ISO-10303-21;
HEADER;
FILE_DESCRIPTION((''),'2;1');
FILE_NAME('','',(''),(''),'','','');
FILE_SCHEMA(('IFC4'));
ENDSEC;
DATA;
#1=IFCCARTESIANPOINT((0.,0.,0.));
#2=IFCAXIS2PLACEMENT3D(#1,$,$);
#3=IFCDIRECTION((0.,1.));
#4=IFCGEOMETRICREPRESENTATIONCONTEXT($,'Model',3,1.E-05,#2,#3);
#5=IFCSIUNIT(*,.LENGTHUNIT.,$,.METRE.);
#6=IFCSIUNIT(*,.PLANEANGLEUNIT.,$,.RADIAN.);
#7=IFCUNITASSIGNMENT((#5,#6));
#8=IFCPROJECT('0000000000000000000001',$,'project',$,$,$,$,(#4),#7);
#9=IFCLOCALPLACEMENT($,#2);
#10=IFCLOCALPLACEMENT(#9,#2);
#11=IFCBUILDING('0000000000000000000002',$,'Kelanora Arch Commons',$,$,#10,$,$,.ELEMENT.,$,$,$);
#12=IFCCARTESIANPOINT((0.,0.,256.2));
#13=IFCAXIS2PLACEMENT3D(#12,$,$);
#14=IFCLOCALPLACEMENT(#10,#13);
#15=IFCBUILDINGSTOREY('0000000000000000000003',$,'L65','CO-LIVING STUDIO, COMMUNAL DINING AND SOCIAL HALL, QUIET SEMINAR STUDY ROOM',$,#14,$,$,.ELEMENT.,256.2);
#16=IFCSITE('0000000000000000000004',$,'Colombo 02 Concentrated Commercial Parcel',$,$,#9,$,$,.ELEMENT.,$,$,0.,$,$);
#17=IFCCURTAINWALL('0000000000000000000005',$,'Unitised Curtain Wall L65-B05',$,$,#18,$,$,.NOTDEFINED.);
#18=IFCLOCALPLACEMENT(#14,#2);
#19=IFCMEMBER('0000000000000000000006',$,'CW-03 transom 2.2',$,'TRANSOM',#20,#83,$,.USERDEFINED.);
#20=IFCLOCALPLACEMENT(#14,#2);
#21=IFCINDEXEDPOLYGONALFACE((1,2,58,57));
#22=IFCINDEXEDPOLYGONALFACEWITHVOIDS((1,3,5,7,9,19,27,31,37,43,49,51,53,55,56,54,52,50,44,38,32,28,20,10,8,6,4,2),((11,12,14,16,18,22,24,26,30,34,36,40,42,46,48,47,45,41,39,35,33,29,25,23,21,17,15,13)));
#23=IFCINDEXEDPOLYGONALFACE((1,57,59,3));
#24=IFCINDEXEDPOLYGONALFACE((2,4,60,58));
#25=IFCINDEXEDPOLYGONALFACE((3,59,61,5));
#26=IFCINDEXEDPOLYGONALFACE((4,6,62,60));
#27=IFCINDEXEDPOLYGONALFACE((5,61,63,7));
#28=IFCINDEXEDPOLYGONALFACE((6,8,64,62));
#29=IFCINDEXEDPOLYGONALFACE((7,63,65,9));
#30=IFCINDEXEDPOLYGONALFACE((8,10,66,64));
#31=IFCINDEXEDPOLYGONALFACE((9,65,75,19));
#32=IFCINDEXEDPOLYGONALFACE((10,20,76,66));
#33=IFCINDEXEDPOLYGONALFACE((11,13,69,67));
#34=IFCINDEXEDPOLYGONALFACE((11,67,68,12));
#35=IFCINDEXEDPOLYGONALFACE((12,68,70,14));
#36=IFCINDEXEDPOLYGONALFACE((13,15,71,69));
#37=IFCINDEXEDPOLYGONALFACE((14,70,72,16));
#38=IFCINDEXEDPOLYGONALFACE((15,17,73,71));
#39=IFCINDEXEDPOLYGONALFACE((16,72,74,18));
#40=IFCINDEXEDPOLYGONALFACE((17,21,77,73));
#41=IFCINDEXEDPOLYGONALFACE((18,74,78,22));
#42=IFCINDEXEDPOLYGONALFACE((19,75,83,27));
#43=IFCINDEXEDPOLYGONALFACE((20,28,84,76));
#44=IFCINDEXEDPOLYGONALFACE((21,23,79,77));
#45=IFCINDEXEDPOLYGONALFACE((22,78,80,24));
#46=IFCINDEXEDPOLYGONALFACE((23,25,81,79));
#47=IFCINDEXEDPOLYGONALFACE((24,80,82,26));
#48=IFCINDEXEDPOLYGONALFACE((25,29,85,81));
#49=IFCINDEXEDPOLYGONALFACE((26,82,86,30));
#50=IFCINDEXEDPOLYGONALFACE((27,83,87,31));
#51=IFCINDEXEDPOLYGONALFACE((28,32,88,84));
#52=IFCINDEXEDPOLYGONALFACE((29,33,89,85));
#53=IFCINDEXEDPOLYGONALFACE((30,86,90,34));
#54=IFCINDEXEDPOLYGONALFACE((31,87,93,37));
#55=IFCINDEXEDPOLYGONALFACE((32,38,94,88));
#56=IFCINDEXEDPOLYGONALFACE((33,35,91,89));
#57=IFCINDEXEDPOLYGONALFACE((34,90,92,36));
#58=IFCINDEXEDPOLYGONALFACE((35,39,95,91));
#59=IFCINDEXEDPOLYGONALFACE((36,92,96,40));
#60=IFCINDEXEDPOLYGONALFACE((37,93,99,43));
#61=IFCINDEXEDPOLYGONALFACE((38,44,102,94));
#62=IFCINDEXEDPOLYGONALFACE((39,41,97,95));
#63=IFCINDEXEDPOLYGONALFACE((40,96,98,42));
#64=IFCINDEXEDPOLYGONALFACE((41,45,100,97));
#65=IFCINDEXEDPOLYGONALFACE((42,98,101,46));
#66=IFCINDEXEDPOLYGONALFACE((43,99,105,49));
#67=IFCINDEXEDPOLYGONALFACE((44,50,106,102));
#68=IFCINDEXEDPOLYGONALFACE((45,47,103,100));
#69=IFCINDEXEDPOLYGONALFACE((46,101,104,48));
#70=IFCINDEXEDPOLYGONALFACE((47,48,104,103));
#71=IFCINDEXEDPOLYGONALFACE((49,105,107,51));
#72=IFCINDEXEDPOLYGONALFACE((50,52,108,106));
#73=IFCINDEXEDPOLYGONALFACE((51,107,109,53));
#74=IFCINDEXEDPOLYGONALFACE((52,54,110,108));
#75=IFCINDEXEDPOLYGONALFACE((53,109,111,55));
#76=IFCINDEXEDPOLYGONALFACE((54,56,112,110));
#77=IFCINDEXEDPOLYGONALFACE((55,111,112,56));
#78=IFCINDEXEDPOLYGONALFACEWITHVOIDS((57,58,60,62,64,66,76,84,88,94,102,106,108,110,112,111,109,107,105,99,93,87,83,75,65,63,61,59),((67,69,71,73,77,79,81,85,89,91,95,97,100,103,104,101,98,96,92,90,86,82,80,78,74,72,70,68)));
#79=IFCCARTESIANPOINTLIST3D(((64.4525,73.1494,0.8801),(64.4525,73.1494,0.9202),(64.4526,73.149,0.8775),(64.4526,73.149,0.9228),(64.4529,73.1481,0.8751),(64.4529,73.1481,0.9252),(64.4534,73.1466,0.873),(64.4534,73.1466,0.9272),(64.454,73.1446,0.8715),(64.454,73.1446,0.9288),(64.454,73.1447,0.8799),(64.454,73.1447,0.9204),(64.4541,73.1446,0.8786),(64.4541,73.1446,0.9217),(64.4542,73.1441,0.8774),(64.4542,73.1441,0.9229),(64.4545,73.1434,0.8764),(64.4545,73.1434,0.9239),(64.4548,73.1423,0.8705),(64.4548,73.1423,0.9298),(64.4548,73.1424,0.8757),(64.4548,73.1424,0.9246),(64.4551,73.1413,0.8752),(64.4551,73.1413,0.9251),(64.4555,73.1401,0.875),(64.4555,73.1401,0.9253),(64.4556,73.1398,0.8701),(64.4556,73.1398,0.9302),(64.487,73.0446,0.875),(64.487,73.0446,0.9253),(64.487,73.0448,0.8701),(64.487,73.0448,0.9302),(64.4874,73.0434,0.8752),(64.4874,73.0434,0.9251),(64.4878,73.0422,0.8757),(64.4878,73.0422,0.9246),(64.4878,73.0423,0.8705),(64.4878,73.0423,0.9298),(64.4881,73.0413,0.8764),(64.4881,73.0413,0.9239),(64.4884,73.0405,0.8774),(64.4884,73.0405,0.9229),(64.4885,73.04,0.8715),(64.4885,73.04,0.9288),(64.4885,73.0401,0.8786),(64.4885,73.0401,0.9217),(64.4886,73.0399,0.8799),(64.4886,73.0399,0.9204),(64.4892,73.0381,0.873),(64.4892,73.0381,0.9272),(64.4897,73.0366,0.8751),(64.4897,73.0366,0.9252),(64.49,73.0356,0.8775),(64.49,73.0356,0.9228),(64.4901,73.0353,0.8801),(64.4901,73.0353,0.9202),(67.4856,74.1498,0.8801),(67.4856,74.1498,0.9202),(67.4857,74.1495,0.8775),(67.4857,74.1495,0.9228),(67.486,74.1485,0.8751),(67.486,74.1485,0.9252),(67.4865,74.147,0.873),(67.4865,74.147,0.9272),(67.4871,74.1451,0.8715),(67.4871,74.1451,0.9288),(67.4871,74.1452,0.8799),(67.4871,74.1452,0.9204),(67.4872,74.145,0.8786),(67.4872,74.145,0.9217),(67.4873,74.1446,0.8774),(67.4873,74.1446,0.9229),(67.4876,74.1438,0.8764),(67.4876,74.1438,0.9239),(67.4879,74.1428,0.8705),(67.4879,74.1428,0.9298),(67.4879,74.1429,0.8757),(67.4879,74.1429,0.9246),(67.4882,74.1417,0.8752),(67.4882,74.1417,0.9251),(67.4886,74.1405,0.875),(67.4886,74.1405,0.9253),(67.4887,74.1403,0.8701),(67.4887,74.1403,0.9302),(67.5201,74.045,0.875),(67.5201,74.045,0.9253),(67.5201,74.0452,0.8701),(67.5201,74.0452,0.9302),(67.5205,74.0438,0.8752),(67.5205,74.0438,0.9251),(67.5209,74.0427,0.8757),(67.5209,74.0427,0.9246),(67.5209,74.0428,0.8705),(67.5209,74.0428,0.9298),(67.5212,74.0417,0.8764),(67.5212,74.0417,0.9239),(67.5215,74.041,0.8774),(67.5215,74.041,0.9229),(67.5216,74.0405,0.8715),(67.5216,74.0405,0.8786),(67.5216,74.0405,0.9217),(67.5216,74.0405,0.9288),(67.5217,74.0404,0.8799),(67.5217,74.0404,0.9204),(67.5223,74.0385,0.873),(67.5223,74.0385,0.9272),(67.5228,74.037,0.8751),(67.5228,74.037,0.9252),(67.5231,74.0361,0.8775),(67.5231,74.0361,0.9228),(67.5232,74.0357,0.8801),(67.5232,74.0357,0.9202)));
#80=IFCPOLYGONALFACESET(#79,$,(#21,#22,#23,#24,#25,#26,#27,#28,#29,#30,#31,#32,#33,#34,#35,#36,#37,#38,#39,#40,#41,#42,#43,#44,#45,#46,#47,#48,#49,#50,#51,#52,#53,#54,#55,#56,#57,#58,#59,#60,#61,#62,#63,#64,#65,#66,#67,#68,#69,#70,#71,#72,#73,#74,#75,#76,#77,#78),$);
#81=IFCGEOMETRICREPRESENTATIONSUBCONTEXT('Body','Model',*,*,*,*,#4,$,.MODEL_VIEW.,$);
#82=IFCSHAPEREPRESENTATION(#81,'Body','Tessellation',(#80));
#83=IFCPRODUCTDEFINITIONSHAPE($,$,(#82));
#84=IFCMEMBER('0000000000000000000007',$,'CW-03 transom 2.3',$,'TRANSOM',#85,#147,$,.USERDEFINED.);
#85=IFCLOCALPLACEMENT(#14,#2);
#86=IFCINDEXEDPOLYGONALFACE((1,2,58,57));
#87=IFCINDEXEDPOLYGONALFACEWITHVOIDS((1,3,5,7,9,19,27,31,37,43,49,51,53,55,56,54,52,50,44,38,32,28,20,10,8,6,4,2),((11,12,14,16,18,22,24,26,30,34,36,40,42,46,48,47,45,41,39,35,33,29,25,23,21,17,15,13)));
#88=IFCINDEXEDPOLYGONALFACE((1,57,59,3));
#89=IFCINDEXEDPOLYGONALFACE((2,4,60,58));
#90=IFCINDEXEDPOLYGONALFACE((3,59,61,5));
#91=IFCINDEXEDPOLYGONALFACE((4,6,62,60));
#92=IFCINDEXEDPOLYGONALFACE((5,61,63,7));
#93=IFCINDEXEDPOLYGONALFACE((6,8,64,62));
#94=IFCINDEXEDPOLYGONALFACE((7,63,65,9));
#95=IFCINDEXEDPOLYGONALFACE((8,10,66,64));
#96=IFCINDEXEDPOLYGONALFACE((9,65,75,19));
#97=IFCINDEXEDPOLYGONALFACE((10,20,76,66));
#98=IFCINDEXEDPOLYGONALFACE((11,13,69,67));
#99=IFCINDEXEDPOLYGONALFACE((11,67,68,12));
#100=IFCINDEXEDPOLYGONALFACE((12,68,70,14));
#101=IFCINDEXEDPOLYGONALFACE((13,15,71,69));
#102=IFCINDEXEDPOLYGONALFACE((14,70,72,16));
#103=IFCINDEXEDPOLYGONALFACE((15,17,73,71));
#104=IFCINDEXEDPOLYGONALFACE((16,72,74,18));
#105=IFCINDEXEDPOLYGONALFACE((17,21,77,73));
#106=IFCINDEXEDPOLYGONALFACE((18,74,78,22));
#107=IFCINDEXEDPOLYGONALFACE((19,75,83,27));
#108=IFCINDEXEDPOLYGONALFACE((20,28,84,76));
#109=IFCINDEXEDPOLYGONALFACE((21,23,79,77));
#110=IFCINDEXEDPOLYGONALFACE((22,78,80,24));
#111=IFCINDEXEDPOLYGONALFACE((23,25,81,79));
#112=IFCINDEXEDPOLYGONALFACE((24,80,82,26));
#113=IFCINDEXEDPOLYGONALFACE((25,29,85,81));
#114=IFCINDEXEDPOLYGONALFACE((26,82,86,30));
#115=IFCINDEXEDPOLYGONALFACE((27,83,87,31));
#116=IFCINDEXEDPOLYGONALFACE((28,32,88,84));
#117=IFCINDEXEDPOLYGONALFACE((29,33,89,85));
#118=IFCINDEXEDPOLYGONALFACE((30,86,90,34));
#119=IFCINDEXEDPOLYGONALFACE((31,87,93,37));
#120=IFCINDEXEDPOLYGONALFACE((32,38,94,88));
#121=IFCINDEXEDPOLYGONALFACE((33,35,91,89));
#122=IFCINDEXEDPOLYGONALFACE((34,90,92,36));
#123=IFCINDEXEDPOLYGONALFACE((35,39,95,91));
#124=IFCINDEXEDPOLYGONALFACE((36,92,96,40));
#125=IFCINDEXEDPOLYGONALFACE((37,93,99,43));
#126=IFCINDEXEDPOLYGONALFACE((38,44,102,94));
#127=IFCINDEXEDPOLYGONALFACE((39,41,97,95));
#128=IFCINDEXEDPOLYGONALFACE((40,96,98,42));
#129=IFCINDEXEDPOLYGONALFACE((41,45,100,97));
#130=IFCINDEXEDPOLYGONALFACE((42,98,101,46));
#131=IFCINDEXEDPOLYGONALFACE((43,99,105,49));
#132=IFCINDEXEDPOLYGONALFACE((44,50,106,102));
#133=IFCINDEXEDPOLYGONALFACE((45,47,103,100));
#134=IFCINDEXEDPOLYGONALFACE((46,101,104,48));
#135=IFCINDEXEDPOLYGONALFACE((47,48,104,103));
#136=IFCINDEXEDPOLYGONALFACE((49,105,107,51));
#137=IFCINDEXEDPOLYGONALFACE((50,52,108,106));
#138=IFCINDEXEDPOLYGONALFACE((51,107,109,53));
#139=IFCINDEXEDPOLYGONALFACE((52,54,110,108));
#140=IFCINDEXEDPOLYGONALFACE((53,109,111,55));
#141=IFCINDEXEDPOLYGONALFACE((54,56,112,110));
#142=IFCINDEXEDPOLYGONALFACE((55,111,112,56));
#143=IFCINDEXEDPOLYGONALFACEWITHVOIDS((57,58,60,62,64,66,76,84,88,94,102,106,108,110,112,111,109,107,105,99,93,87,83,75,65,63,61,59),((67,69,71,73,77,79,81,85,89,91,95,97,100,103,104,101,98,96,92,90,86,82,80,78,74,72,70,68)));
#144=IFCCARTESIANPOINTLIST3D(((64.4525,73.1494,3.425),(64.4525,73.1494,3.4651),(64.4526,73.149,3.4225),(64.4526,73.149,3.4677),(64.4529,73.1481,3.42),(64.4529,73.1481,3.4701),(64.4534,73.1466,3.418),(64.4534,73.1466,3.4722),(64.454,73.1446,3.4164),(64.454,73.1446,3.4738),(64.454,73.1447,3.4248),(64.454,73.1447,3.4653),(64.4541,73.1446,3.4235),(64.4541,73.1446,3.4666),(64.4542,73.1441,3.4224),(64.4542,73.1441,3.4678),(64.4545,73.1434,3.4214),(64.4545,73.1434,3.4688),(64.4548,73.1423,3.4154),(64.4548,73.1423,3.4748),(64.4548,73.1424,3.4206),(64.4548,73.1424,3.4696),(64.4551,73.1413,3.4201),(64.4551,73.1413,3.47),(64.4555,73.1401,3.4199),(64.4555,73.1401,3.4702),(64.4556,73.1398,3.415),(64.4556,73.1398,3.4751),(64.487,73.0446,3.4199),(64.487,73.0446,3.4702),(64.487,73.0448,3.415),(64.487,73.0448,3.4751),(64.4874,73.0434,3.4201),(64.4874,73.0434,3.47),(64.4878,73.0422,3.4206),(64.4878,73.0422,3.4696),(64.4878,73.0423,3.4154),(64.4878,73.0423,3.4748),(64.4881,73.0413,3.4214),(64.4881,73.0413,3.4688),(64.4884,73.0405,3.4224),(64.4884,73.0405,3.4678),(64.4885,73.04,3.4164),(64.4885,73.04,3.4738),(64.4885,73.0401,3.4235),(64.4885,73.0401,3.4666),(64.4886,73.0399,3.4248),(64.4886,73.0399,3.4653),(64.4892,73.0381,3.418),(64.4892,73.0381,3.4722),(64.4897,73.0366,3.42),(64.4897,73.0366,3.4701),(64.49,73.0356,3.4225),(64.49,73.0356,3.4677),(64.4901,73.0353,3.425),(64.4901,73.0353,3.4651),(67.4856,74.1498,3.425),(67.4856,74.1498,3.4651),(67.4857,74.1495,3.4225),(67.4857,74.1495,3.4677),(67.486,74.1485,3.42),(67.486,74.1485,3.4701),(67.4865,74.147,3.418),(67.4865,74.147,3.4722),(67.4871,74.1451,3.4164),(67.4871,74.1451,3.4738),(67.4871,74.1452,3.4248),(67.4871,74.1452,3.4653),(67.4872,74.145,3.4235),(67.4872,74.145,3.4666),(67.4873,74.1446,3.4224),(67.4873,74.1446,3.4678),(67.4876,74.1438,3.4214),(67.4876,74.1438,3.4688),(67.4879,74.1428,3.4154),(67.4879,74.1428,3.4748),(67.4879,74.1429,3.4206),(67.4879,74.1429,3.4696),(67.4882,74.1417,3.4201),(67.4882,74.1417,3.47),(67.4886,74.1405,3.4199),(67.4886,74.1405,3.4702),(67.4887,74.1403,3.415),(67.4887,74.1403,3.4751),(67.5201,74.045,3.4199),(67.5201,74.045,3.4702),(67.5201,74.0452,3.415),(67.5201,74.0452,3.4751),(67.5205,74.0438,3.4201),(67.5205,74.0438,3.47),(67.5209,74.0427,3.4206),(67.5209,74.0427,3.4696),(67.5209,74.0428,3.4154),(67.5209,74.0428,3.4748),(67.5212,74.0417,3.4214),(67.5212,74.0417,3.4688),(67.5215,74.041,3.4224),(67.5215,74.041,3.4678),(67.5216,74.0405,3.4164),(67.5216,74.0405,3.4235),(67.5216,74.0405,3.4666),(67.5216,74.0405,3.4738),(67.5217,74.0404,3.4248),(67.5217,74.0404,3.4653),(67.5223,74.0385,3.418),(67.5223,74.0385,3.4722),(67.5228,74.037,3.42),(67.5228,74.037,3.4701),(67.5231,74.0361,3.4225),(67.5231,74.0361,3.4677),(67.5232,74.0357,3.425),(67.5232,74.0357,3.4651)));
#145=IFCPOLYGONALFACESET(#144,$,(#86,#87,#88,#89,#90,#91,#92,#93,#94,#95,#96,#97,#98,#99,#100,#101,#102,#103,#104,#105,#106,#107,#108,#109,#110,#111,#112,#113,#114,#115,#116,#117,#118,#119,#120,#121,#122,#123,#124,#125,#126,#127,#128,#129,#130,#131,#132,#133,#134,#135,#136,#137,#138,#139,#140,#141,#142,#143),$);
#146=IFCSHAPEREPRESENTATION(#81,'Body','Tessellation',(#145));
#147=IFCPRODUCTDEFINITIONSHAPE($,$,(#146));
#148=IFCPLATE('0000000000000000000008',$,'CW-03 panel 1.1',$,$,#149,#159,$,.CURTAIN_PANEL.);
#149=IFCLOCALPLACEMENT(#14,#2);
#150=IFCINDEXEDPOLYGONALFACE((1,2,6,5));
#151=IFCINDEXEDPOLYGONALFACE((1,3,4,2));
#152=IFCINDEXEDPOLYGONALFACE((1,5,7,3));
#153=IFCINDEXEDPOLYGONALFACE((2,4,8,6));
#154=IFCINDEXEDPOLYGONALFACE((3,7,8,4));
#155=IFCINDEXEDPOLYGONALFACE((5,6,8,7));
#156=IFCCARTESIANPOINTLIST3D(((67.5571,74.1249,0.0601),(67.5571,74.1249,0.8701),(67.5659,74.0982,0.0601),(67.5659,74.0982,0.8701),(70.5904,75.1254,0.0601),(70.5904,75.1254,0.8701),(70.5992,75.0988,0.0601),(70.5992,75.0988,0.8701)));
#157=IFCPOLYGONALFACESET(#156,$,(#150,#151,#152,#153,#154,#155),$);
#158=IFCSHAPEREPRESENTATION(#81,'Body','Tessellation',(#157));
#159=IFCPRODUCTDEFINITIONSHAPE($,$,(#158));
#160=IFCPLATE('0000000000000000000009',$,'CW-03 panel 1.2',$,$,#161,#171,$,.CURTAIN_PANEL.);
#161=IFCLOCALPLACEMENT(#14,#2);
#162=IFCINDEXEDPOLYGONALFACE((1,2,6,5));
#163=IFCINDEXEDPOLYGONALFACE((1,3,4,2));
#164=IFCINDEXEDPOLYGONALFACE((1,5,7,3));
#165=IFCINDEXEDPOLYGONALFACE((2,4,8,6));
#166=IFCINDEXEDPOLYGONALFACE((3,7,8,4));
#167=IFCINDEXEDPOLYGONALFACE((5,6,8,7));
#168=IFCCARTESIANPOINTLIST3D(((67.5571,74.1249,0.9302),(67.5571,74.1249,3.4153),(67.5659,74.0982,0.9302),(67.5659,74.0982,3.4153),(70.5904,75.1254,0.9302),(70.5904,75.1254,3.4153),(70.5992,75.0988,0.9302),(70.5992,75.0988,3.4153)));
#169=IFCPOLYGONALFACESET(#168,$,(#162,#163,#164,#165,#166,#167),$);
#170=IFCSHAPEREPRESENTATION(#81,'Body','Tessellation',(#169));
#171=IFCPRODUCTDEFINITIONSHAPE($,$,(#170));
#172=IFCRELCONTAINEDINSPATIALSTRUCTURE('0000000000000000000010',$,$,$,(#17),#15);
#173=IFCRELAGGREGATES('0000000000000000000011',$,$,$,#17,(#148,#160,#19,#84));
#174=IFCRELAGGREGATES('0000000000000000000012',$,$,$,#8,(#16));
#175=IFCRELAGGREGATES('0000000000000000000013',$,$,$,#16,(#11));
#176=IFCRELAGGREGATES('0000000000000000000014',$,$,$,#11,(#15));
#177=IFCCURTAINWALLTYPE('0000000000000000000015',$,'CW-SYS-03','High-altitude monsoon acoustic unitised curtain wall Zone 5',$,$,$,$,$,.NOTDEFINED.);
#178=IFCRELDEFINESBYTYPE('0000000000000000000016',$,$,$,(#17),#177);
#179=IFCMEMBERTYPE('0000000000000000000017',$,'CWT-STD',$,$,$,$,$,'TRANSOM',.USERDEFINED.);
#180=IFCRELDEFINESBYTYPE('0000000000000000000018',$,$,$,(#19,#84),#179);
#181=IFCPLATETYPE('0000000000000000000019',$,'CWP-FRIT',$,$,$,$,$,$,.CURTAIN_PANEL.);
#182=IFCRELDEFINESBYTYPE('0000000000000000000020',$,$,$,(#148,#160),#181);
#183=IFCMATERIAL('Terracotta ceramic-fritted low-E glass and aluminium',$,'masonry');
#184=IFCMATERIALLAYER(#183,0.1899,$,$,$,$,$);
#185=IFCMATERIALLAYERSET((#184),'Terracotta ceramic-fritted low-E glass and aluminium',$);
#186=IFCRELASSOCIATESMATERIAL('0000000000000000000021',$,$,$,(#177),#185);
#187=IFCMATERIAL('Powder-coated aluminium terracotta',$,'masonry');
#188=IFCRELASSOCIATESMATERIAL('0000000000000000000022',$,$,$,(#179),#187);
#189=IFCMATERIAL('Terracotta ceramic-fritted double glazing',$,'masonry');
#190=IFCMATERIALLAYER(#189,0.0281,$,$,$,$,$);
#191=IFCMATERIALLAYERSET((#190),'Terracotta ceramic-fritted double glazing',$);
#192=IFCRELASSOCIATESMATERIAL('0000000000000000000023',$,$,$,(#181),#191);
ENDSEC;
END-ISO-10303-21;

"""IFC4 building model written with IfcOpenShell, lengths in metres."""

from ifc_helpers import new_model, si_unit, direction, frame, origin, origin_2d, place, context, subcontext, project, spatial, rectangle, hollow_rectangle, extrude, source, transform, mapped, material, layer, layer_set, material_profile, profile_set, type_object, element, aggregate, save


model = new_model("IFC4")

# Units and contexts
model_context = context("Model", 3, precision=1e-05, world=origin(), true_north=direction((0.0, 1.0)))
body_context = subcontext(model_context, "Body", "Model", "MODEL_VIEW")
ifc_project = project(units=[si_unit("LENGTHUNIT", "METRE"), si_unit("PLANEANGLEUNIT", "RADIAN")], contexts=[model_context])

# Site, building, storey
site_placement = place(None, origin())
site = spatial("IfcSite", under=ifc_project, at=site_placement, Name="Colombo 02 Concentrated Commercial Parcel", CompositionType="ELEMENT", RefElevation=0.0)
building_placement = place(site_placement, origin())
building = spatial("IfcBuilding", under=site, at=building_placement, Name="Kelanora Arch Commons", CompositionType="ELEMENT")
storey_placement = place(building_placement, frame((0.0, 0.0, 256.2)))
storey = spatial("IfcBuildingStorey", under=building, at=storey_placement, Name="L65", Description="CO-LIVING STUDIO, COMMUNAL DINING AND SOCIAL HALL, QUIET SEMINAR STUDY ROOM", CompositionType="ELEMENT", Elevation=256.2)

# Curtain wall, members, plates
ifc_material_1 = material(Name="Terracotta ceramic-fritted low-E glass and aluminium", Category="masonry")
ifc_layer_1 = layer(ifc_material_1, 0.1899)
ifc_layer_set_1 = layer_set([ifc_layer_1], Name="Terracotta ceramic-fritted low-E glass and aluminium")
curtain_wall_type = type_object("IfcCurtainWallType", Name="CW-SYS-03", Description="High-altitude monsoon acoustic unitised curtain wall Zone 5", PredefinedType="NOTDEFINED", material=ifc_layer_set_1)
curtain_wall_placement = place(storey_placement, origin())
curtain_wall = element("IfcCurtainWall", 1, at=curtain_wall_placement, inside=storey, type_object=curtain_wall_type, Name="Unitised Curtain Wall L65-B05", PredefinedType="NOTDEFINED")
ifc_material_2 = material(Name="Powder-coated aluminium terracotta", Category="masonry")
ifc_material_profile_1 = material_profile(ifc_material_2, hollow_rectangle(XDim=0.1201, YDim=0.0601, WallThickness=0.0049, InnerFilletRadius=0.0049, OuterFilletRadius=0.01, at=origin_2d()), Name="CWT120x60")
ifc_profile_set_1 = profile_set([ifc_material_profile_1], Name="Powder-coated aluminium terracotta")
member_type_1 = type_object("IfcMemberType", Name="CWT-STD", ElementType="TRANSOM", PredefinedType="USERDEFINED", material=ifc_profile_set_1)
member_1_placement = place(storey_placement, frame((67.5044, 74.0928, 0.9001), z_axis=(-0.949672, -0.313245, 0.0), x_axis=(0.313245, -0.949672, 0.0)))
member_1 = element("IfcMember", 2, at=member_1_placement, type_object=member_type_1, Name="CW-03 transom 2.2", ObjectType="TRANSOM", PredefinedType="USERDEFINED", context=body_context, shape_type="SweptSolid", body=[
    extrude(hollow_rectangle(XDim=0.1201, YDim=0.0601, WallThickness=0.0049, InnerFilletRadius=0.0049, OuterFilletRadius=0.01, at=origin_2d()), origin(), (0.0, 0.0, 1.0), 3.1938),
])
member_2_placement = place(storey_placement, frame((67.5044, 74.0928, 3.4451), z_axis=(-0.949672, -0.313245, 0.0), x_axis=(0.313245, -0.949672, 0.0)))
member_2 = element("IfcMember", 3, at=member_2_placement, type_object=member_type_1, Name="CW-03 transom 2.3", ObjectType="TRANSOM", PredefinedType="USERDEFINED", context=body_context, shape_type="SweptSolid", body=[
    extrude(hollow_rectangle(XDim=0.1201, YDim=0.0601, WallThickness=0.0049, InnerFilletRadius=0.0049, OuterFilletRadius=0.01, at=origin_2d()), origin(), (0.0, 0.0, 1.0), 3.1938),
])
ifc_material_3 = material(Name="Terracotta ceramic-fritted double glazing", Category="masonry")
ifc_layer_2 = layer(ifc_material_3, 0.0281)
ifc_layer_set_2 = layer_set([ifc_layer_2], Name="Terracotta ceramic-fritted double glazing")
plate_type = type_object("IfcPlateType", Name="CWP-FRIT", PredefinedType="CURTAIN_PANEL", material=ifc_layer_set_2)
shared_shape_1 = source(origin(), body_context, "Body", "SweptSolid", [
    extrude(rectangle(XDim=3.1941, YDim=0.0281, at=origin_2d()), origin(), (0.0, 0.0, 1.0), 0.8101),
])
plate_1_placement = place(storey_placement, frame((69.0781, 74.6118, 0.0601), z_axis=(0.0, 0.0, 1.0), x_axis=(-0.94967, -0.313253, 0.0)))
plate_1 = element("IfcPlate", 4, at=plate_1_placement, type_object=plate_type, Name="CW-03 panel 1.1", PredefinedType="CURTAIN_PANEL", context=body_context, shape_type="MappedRepresentation", body=[
    mapped(shared_shape_1, transform((0.0, 0.0, 0.0), scale=1.0)),
])
shared_shape_2 = source(origin(), body_context, "Body", "SweptSolid", [
    extrude(rectangle(XDim=3.1941, YDim=0.0281, at=origin_2d()), origin(), (0.0, 0.0, 1.0), 2.4851),
])
plate_2_placement = place(storey_placement, frame((69.0781, 74.6118, 0.9302), z_axis=(0.0, 0.0, 1.0), x_axis=(-0.94967, -0.313253, 0.0)))
plate_2 = element("IfcPlate", 5, at=plate_2_placement, type_object=plate_type, Name="CW-03 panel 1.2", PredefinedType="CURTAIN_PANEL", context=body_context, shape_type="MappedRepresentation", body=[
    mapped(shared_shape_2, transform((0.0, 0.0, 0.0), scale=1.0)),
])
aggregate(curtain_wall, [plate_1, plate_2, member_1, member_2])

save(model, "model.ifc")
